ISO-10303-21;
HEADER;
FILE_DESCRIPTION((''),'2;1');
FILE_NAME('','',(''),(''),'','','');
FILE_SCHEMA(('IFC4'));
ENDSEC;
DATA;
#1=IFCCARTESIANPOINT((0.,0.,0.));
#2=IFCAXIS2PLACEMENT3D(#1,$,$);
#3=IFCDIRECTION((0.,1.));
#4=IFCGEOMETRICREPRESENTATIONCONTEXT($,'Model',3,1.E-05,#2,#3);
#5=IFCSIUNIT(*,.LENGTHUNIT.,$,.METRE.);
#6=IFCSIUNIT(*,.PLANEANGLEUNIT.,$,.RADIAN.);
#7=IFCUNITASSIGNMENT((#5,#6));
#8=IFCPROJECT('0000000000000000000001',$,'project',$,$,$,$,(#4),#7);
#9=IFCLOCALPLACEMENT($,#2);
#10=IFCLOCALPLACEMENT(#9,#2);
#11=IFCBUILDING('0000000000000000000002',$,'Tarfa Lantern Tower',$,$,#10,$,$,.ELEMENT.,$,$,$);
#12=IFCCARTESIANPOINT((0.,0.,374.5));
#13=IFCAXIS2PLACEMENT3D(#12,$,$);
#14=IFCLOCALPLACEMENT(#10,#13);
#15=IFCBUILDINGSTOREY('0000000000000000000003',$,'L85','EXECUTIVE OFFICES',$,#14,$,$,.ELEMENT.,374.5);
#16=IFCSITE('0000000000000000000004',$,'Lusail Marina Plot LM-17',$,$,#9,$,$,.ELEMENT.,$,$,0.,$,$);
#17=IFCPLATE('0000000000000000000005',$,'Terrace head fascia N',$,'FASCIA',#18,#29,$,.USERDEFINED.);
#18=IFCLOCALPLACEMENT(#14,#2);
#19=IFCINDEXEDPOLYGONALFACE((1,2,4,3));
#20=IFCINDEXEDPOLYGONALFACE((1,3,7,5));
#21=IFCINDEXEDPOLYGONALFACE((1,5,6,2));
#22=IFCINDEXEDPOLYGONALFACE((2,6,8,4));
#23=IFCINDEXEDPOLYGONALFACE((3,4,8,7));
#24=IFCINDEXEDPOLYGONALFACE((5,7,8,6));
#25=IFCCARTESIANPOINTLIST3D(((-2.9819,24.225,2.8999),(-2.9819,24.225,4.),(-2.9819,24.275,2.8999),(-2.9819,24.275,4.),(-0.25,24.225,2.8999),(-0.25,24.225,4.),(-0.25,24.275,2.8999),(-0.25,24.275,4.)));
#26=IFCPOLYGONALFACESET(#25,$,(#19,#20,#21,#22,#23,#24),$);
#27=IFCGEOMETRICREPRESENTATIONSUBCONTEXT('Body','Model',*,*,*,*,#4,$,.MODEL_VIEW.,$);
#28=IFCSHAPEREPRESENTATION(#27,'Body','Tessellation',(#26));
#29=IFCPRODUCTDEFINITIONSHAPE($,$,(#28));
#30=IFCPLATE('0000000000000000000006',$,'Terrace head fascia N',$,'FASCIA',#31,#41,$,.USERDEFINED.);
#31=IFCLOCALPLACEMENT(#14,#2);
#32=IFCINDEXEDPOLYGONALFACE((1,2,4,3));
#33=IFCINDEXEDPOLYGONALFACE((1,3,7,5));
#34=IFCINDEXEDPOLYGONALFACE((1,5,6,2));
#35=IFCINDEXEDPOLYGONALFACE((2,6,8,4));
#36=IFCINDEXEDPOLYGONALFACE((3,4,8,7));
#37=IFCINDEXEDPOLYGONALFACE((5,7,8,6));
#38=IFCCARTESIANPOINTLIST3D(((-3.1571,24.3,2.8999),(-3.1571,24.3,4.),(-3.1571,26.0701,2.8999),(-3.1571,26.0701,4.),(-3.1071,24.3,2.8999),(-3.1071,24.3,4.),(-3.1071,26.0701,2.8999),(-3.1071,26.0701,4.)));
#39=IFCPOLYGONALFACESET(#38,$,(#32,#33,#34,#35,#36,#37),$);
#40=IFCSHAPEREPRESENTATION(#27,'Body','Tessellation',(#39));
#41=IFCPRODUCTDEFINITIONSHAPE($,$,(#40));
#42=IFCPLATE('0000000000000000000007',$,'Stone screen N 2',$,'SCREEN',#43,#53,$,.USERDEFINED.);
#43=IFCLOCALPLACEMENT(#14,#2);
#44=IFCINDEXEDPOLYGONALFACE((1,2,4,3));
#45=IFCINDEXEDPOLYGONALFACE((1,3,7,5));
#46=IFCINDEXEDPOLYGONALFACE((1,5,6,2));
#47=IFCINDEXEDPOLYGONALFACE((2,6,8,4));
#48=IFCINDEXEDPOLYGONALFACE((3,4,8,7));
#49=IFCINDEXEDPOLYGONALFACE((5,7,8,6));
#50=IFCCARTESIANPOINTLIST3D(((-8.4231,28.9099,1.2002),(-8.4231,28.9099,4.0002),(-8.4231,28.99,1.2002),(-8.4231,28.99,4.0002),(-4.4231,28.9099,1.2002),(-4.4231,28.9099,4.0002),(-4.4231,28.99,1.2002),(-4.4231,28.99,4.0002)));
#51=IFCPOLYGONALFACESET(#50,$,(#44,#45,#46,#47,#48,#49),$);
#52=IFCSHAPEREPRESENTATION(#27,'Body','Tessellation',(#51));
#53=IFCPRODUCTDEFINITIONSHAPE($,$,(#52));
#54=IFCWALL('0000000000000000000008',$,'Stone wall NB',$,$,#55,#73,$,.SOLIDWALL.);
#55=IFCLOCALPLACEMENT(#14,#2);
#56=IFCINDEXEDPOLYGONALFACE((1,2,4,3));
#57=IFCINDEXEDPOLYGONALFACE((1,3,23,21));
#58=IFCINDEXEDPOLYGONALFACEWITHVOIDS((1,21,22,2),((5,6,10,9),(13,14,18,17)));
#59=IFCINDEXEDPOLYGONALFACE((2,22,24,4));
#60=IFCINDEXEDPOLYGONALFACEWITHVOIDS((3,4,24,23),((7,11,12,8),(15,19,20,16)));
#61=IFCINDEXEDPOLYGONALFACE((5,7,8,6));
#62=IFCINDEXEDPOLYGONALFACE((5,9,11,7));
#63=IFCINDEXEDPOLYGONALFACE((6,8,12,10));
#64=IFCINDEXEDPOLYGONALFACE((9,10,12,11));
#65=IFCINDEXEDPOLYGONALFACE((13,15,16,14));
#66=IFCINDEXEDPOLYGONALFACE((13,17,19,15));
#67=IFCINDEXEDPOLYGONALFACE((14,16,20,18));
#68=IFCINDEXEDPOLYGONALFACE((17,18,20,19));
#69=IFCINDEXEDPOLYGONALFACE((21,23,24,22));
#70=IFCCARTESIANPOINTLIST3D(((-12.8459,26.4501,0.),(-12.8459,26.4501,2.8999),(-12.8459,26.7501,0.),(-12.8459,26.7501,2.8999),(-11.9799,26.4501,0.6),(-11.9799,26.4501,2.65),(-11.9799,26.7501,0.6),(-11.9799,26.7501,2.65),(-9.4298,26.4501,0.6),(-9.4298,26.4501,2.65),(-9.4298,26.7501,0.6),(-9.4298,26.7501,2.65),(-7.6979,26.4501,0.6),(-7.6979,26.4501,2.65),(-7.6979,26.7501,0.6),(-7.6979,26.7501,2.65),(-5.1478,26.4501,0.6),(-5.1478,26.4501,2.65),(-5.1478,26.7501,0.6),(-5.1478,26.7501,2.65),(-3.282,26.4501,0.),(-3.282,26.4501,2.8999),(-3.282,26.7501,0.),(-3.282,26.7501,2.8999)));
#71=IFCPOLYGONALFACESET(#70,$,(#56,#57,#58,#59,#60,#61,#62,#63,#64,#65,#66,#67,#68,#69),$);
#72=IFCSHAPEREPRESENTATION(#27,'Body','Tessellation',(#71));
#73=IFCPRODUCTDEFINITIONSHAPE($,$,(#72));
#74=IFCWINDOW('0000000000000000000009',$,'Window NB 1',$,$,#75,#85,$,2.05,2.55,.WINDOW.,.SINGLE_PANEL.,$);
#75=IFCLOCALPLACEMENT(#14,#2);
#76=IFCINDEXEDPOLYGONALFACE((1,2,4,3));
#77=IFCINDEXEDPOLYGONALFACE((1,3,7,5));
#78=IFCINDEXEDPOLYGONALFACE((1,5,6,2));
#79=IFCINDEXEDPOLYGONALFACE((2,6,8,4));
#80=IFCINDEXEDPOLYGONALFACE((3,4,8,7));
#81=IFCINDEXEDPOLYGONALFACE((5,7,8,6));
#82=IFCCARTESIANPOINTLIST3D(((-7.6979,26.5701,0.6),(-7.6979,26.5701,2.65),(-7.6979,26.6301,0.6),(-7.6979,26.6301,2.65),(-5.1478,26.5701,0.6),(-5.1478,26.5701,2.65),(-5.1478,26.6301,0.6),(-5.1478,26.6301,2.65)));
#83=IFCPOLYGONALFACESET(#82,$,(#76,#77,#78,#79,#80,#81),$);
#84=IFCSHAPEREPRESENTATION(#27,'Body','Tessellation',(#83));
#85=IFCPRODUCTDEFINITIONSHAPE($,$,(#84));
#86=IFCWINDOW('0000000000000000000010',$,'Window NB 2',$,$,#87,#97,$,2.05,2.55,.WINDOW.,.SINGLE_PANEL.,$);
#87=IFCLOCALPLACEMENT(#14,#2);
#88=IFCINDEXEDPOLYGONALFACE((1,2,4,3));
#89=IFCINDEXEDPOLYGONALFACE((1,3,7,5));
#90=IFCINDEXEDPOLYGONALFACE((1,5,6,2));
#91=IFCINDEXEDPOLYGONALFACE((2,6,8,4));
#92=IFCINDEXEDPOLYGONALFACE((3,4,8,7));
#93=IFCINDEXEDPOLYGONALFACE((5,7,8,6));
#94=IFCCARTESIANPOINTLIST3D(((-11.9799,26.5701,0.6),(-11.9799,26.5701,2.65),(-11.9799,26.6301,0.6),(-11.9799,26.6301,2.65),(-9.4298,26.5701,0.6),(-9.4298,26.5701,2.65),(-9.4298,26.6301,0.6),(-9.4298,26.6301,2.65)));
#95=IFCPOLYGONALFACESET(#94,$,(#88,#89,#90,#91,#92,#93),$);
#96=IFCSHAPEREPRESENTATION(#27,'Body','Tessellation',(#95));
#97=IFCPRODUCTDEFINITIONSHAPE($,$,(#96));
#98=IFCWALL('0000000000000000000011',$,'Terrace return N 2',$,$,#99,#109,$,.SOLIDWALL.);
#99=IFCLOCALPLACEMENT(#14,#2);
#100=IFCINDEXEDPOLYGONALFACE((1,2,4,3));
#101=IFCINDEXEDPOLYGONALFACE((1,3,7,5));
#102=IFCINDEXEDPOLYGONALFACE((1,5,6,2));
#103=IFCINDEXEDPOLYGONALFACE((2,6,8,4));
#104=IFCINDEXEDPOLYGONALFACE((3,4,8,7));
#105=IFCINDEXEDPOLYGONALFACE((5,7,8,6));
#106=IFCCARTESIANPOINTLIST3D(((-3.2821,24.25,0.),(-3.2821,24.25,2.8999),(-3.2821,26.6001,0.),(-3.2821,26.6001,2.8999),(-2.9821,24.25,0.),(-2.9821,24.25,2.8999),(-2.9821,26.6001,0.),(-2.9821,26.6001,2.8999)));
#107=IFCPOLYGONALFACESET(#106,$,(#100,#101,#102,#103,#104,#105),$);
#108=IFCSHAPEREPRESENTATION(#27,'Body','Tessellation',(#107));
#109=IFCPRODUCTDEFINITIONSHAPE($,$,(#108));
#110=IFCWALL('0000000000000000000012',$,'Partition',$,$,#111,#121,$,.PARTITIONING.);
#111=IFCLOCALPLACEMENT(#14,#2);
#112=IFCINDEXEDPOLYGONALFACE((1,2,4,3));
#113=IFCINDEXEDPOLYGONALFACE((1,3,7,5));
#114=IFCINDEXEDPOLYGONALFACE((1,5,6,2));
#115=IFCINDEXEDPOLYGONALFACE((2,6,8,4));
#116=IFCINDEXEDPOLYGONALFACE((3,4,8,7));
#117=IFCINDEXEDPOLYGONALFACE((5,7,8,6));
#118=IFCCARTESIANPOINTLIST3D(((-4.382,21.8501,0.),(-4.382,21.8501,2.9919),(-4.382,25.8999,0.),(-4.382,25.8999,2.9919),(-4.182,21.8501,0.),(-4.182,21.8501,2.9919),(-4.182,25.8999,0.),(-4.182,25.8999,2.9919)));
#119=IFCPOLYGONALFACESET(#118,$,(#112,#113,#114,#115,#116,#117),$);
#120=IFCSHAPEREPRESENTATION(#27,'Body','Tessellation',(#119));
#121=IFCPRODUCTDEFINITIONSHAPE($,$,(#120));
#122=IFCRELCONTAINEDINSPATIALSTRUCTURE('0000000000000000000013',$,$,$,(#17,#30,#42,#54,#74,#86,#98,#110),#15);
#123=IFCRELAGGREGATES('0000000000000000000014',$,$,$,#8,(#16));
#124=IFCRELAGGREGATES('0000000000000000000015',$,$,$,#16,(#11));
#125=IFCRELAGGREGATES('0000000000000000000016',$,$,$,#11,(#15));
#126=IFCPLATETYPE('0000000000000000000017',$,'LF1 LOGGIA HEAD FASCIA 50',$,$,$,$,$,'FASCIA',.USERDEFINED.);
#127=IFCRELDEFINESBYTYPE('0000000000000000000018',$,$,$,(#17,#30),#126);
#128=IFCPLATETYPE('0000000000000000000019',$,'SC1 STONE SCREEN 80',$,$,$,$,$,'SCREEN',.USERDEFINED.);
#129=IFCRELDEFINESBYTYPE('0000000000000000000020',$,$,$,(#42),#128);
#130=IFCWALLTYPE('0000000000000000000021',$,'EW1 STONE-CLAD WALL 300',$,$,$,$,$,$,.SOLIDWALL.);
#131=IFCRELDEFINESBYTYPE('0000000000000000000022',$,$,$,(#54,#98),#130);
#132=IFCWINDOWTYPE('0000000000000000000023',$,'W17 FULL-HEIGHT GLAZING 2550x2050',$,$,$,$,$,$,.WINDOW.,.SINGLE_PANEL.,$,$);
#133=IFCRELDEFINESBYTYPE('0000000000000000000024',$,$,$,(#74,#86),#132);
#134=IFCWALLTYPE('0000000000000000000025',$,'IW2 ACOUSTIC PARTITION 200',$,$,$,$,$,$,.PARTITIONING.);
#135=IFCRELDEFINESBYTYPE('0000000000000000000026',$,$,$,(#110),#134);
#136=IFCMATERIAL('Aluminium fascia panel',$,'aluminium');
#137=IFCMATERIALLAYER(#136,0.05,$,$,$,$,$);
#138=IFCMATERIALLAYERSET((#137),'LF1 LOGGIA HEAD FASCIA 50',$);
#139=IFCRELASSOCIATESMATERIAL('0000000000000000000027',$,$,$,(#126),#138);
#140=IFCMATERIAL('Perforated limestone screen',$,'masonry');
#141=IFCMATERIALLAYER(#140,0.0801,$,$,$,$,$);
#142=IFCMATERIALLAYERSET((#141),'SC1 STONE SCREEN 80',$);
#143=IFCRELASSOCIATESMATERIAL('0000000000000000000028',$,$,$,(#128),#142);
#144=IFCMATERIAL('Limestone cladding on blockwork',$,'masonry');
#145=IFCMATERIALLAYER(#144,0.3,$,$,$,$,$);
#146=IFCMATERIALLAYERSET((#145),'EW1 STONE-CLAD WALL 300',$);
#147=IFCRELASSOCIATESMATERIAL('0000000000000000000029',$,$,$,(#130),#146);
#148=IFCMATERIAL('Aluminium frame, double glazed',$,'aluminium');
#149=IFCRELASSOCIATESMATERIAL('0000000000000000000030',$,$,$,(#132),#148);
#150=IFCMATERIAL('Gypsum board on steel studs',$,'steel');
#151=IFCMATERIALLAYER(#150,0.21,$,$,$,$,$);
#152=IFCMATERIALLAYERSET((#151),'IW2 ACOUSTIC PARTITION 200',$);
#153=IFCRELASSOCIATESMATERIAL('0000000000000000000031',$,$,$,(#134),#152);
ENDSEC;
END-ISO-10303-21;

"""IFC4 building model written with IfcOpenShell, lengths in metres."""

from ifc_helpers import new_model, si_unit, direction, frame, frame_2d, origin, origin_2d, place, context, subcontext, project, spatial, rectangle, extrude, material, layer, layer_set, type_object, element, fill, save


model = new_model("IFC4")

# Units and contexts
model_context = context("Model", 3, precision=1e-05, world=origin(), true_north=direction((0.0, 1.0)))
body_context = subcontext(model_context, "Body", "Model", "MODEL_VIEW")
ifc_project = project(units=[si_unit("LENGTHUNIT", "METRE"), si_unit("PLANEANGLEUNIT", "RADIAN")], contexts=[model_context])

# Site, building, storey
site_placement = place(None, origin())
site = spatial("IfcSite", under=ifc_project, at=site_placement, Name="Lusail Marina Plot LM-17", CompositionType="ELEMENT", RefElevation=0.0)
building_placement = place(site_placement, origin())
building = spatial("IfcBuilding", under=site, at=building_placement, Name="Tarfa Lantern Tower", CompositionType="ELEMENT")
storey_placement = place(building_placement, frame((0.0, 0.0, 374.5)))
storey = spatial("IfcBuildingStorey", under=building, at=storey_placement, Name="L85", Description="EXECUTIVE OFFICES", CompositionType="ELEMENT", Elevation=374.5)

# Plates
ifc_material_1 = material(Name="Aluminium fascia panel", Category="aluminium")
ifc_layer_1 = layer(ifc_material_1, 0.05)
ifc_layer_set_1 = layer_set([ifc_layer_1], Name="LF1 LOGGIA HEAD FASCIA 50")
plate_type_1 = type_object("IfcPlateType", Name="LF1 LOGGIA HEAD FASCIA 50", ElementType="FASCIA", PredefinedType="USERDEFINED", material=ifc_layer_set_1)
plate_1_placement = place(storey_placement, frame((-1.616, 24.25, 2.8999), z_axis=(0.0, 0.0, 1.0), x_axis=(-1.0, 0.0, 0.0)))
element("IfcPlate", 1, at=plate_1_placement, inside=storey, type_object=plate_type_1, Name="Terrace head fascia N", ObjectType="FASCIA", PredefinedType="USERDEFINED", context=body_context, shape_type="SweptSolid", body=[
    extrude(rectangle(XDim=2.7319, YDim=0.05, at=origin_2d()), origin(), (0.0, 0.0, 1.0), 1.1001),
])
plate_2_placement = place(storey_placement, frame((-3.1321, 25.1851, 2.8999), z_axis=(0.0, 0.0, 1.0), x_axis=(0.0, -1.0, 0.0)))
element("IfcPlate", 2, at=plate_2_placement, inside=storey, type_object=plate_type_1, Name="Terrace head fascia N", ObjectType="FASCIA", PredefinedType="USERDEFINED", context=body_context, shape_type="SweptSolid", body=[
    extrude(rectangle(XDim=1.77, YDim=0.05, at=origin_2d()), origin(), (0.0, 0.0, 1.0), 1.1001),
])
ifc_material_2 = material(Name="Perforated limestone screen", Category="masonry")
ifc_layer_2 = layer(ifc_material_2, 0.0801)
ifc_layer_set_2 = layer_set([ifc_layer_2], Name="SC1 STONE SCREEN 80")
plate_type_2 = type_object("IfcPlateType", Name="SC1 STONE SCREEN 80", ElementType="SCREEN", PredefinedType="USERDEFINED", material=ifc_layer_set_2)
plate_3_placement = place(storey_placement, frame((-6.4231, 28.95, 1.2002), z_axis=(0.0, 0.0, 1.0), x_axis=(-1.0, 0.0, 0.0)))
element("IfcPlate", 3, at=plate_3_placement, inside=storey, type_object=plate_type_2, Name="Stone screen N 2", ObjectType="SCREEN", PredefinedType="USERDEFINED", context=body_context, shape_type="SweptSolid", body=[
    extrude(rectangle(XDim=4.0, YDim=0.0801, at=origin_2d()), origin(), (0.0, 0.0, 1.0), 2.8),
])

# Wall, openings, windows
ifc_material_3 = material(Name="Limestone cladding on blockwork", Category="masonry")
ifc_layer_3 = layer(ifc_material_3, 0.3)
ifc_layer_set_3 = layer_set([ifc_layer_3], Name="EW1 STONE-CLAD WALL 300")
wall_type_1 = type_object("IfcWallType", Name="EW1 STONE-CLAD WALL 300", PredefinedType="SOLIDWALL", material=ifc_layer_set_3)
wall_1_placement = place(storey_placement, frame((-3.282, 26.6001, 0.0), z_axis=(0.0, 0.0, 1.0), x_axis=(-1.0, 0.0, 0.0)))
wall_1 = element("IfcWall", 4, at=wall_1_placement, inside=storey, type_object=wall_type_1, Name="Stone wall NB", PredefinedType="SOLIDWALL", context=body_context, shape_type="SweptSolid", body=[
    extrude(rectangle(XDim=9.564, YDim=0.3, at=frame_2d((4.782, 0.0))), origin(), (0.0, 0.0, 1.0), 2.8999),
])
opening_1_placement = place(wall_1_placement, frame((1.866, 0.0, 0.6001)))
opening_1 = element("IfcOpeningElement", 5, at=opening_1_placement, cuts=wall_1, PredefinedType="OPENING", context=body_context, shape_type="SweptSolid", body=[
    extrude(rectangle(XDim=2.55, YDim=2.05, at=frame_2d((1.2749, 1.0249))), frame((0.0, 0.1599, 0.0), z_axis=(0.0, -1.0, 0.0), x_axis=(1.0, 0.0, 0.0)), (0.0, 0.0, 1.0), 0.3201),
])
opening_2_placement = place(wall_1_placement, frame((6.1479, 0.0, 0.6001)))
opening_2 = element("IfcOpeningElement", 6, at=opening_2_placement, cuts=wall_1, PredefinedType="OPENING", context=body_context, shape_type="SweptSolid", body=[
    extrude(rectangle(XDim=2.55, YDim=2.05, at=frame_2d((1.2749, 1.0249))), frame((0.0, 0.1599, 0.0), z_axis=(0.0, -1.0, 0.0), x_axis=(1.0, 0.0, 0.0)), (0.0, 0.0, 1.0), 0.3201),
])
ifc_material_4 = material(Name="Aluminium frame, double glazed", Category="aluminium")
window_type = type_object("IfcWindowType", Name="W17 FULL-HEIGHT GLAZING 2550x2050", PartitioningType="SINGLE_PANEL", PredefinedType="WINDOW", material=ifc_material_4)
window_1_placement = place(opening_1_placement, origin())
window_1 = element("IfcWindow", 7, at=window_1_placement, inside=storey, type_object=window_type, Name="Window NB 1", OverallHeight=2.05, OverallWidth=2.55, PartitioningType="SINGLE_PANEL", PredefinedType="WINDOW", context=body_context, shape_type="SweptSolid", body=[
    extrude(rectangle(XDim=2.55, YDim=2.05, at=frame_2d((1.2749, 1.0249))), frame((0.0, 0.03, 0.0), z_axis=(0.0, -1.0, 0.0), x_axis=(1.0, 0.0, 0.0)), (0.0, 0.0, 1.0), 0.0601),
])
fill(opening_1, window_1)
window_2_placement = place(opening_2_placement, origin())
window_2 = element("IfcWindow", 8, at=window_2_placement, inside=storey, type_object=window_type, Name="Window NB 2", OverallHeight=2.05, OverallWidth=2.55, PartitioningType="SINGLE_PANEL", PredefinedType="WINDOW", context=body_context, shape_type="SweptSolid", body=[
    extrude(rectangle(XDim=2.55, YDim=2.05, at=frame_2d((1.2749, 1.0249))), frame((0.0, 0.03, 0.0), z_axis=(0.0, -1.0, 0.0), x_axis=(1.0, 0.0, 0.0)), (0.0, 0.0, 1.0), 0.0601),
])
fill(opening_2, window_2)

# Walls
wall_2_placement = place(storey_placement, frame((-3.1321, 26.6001, 0.0), z_axis=(0.0, 0.0, 1.0), x_axis=(0.0, -1.0, 0.0)))
element("IfcWall", 9, at=wall_2_placement, inside=storey, type_object=wall_type_1, Name="Terrace return N 2", PredefinedType="SOLIDWALL", context=body_context, shape_type="SweptSolid", body=[
    extrude(rectangle(XDim=2.3501, YDim=0.3, at=frame_2d((1.175, 0.0))), origin(), (0.0, 0.0, 1.0), 2.8999),
])
ifc_material_5 = material(Name="Gypsum board on steel studs", Category="steel")
ifc_layer_4 = layer(ifc_material_5, 0.21)
ifc_layer_set_4 = layer_set([ifc_layer_4], Name="IW2 ACOUSTIC PARTITION 200")
wall_type_2 = type_object("IfcWallType", Name="IW2 ACOUSTIC PARTITION 200", PredefinedType="PARTITIONING", material=ifc_layer_set_4)
wall_3_placement = place(storey_placement, frame((-4.282, 21.8501, 0.0), z_axis=(0.0, 0.0, 1.0), x_axis=(0.0, 1.0, 0.0)))
element("IfcWall", 10, at=wall_3_placement, inside=storey, type_object=wall_type_2, Name="Partition", PredefinedType="PARTITIONING", context=body_context, shape_type="SweptSolid", body=[
    extrude(rectangle(XDim=4.0498, YDim=0.2, at=frame_2d((2.0249, 0.0))), origin(), (0.0, 0.0, 1.0), 2.9919),
])

save(model, "model.ifc")
